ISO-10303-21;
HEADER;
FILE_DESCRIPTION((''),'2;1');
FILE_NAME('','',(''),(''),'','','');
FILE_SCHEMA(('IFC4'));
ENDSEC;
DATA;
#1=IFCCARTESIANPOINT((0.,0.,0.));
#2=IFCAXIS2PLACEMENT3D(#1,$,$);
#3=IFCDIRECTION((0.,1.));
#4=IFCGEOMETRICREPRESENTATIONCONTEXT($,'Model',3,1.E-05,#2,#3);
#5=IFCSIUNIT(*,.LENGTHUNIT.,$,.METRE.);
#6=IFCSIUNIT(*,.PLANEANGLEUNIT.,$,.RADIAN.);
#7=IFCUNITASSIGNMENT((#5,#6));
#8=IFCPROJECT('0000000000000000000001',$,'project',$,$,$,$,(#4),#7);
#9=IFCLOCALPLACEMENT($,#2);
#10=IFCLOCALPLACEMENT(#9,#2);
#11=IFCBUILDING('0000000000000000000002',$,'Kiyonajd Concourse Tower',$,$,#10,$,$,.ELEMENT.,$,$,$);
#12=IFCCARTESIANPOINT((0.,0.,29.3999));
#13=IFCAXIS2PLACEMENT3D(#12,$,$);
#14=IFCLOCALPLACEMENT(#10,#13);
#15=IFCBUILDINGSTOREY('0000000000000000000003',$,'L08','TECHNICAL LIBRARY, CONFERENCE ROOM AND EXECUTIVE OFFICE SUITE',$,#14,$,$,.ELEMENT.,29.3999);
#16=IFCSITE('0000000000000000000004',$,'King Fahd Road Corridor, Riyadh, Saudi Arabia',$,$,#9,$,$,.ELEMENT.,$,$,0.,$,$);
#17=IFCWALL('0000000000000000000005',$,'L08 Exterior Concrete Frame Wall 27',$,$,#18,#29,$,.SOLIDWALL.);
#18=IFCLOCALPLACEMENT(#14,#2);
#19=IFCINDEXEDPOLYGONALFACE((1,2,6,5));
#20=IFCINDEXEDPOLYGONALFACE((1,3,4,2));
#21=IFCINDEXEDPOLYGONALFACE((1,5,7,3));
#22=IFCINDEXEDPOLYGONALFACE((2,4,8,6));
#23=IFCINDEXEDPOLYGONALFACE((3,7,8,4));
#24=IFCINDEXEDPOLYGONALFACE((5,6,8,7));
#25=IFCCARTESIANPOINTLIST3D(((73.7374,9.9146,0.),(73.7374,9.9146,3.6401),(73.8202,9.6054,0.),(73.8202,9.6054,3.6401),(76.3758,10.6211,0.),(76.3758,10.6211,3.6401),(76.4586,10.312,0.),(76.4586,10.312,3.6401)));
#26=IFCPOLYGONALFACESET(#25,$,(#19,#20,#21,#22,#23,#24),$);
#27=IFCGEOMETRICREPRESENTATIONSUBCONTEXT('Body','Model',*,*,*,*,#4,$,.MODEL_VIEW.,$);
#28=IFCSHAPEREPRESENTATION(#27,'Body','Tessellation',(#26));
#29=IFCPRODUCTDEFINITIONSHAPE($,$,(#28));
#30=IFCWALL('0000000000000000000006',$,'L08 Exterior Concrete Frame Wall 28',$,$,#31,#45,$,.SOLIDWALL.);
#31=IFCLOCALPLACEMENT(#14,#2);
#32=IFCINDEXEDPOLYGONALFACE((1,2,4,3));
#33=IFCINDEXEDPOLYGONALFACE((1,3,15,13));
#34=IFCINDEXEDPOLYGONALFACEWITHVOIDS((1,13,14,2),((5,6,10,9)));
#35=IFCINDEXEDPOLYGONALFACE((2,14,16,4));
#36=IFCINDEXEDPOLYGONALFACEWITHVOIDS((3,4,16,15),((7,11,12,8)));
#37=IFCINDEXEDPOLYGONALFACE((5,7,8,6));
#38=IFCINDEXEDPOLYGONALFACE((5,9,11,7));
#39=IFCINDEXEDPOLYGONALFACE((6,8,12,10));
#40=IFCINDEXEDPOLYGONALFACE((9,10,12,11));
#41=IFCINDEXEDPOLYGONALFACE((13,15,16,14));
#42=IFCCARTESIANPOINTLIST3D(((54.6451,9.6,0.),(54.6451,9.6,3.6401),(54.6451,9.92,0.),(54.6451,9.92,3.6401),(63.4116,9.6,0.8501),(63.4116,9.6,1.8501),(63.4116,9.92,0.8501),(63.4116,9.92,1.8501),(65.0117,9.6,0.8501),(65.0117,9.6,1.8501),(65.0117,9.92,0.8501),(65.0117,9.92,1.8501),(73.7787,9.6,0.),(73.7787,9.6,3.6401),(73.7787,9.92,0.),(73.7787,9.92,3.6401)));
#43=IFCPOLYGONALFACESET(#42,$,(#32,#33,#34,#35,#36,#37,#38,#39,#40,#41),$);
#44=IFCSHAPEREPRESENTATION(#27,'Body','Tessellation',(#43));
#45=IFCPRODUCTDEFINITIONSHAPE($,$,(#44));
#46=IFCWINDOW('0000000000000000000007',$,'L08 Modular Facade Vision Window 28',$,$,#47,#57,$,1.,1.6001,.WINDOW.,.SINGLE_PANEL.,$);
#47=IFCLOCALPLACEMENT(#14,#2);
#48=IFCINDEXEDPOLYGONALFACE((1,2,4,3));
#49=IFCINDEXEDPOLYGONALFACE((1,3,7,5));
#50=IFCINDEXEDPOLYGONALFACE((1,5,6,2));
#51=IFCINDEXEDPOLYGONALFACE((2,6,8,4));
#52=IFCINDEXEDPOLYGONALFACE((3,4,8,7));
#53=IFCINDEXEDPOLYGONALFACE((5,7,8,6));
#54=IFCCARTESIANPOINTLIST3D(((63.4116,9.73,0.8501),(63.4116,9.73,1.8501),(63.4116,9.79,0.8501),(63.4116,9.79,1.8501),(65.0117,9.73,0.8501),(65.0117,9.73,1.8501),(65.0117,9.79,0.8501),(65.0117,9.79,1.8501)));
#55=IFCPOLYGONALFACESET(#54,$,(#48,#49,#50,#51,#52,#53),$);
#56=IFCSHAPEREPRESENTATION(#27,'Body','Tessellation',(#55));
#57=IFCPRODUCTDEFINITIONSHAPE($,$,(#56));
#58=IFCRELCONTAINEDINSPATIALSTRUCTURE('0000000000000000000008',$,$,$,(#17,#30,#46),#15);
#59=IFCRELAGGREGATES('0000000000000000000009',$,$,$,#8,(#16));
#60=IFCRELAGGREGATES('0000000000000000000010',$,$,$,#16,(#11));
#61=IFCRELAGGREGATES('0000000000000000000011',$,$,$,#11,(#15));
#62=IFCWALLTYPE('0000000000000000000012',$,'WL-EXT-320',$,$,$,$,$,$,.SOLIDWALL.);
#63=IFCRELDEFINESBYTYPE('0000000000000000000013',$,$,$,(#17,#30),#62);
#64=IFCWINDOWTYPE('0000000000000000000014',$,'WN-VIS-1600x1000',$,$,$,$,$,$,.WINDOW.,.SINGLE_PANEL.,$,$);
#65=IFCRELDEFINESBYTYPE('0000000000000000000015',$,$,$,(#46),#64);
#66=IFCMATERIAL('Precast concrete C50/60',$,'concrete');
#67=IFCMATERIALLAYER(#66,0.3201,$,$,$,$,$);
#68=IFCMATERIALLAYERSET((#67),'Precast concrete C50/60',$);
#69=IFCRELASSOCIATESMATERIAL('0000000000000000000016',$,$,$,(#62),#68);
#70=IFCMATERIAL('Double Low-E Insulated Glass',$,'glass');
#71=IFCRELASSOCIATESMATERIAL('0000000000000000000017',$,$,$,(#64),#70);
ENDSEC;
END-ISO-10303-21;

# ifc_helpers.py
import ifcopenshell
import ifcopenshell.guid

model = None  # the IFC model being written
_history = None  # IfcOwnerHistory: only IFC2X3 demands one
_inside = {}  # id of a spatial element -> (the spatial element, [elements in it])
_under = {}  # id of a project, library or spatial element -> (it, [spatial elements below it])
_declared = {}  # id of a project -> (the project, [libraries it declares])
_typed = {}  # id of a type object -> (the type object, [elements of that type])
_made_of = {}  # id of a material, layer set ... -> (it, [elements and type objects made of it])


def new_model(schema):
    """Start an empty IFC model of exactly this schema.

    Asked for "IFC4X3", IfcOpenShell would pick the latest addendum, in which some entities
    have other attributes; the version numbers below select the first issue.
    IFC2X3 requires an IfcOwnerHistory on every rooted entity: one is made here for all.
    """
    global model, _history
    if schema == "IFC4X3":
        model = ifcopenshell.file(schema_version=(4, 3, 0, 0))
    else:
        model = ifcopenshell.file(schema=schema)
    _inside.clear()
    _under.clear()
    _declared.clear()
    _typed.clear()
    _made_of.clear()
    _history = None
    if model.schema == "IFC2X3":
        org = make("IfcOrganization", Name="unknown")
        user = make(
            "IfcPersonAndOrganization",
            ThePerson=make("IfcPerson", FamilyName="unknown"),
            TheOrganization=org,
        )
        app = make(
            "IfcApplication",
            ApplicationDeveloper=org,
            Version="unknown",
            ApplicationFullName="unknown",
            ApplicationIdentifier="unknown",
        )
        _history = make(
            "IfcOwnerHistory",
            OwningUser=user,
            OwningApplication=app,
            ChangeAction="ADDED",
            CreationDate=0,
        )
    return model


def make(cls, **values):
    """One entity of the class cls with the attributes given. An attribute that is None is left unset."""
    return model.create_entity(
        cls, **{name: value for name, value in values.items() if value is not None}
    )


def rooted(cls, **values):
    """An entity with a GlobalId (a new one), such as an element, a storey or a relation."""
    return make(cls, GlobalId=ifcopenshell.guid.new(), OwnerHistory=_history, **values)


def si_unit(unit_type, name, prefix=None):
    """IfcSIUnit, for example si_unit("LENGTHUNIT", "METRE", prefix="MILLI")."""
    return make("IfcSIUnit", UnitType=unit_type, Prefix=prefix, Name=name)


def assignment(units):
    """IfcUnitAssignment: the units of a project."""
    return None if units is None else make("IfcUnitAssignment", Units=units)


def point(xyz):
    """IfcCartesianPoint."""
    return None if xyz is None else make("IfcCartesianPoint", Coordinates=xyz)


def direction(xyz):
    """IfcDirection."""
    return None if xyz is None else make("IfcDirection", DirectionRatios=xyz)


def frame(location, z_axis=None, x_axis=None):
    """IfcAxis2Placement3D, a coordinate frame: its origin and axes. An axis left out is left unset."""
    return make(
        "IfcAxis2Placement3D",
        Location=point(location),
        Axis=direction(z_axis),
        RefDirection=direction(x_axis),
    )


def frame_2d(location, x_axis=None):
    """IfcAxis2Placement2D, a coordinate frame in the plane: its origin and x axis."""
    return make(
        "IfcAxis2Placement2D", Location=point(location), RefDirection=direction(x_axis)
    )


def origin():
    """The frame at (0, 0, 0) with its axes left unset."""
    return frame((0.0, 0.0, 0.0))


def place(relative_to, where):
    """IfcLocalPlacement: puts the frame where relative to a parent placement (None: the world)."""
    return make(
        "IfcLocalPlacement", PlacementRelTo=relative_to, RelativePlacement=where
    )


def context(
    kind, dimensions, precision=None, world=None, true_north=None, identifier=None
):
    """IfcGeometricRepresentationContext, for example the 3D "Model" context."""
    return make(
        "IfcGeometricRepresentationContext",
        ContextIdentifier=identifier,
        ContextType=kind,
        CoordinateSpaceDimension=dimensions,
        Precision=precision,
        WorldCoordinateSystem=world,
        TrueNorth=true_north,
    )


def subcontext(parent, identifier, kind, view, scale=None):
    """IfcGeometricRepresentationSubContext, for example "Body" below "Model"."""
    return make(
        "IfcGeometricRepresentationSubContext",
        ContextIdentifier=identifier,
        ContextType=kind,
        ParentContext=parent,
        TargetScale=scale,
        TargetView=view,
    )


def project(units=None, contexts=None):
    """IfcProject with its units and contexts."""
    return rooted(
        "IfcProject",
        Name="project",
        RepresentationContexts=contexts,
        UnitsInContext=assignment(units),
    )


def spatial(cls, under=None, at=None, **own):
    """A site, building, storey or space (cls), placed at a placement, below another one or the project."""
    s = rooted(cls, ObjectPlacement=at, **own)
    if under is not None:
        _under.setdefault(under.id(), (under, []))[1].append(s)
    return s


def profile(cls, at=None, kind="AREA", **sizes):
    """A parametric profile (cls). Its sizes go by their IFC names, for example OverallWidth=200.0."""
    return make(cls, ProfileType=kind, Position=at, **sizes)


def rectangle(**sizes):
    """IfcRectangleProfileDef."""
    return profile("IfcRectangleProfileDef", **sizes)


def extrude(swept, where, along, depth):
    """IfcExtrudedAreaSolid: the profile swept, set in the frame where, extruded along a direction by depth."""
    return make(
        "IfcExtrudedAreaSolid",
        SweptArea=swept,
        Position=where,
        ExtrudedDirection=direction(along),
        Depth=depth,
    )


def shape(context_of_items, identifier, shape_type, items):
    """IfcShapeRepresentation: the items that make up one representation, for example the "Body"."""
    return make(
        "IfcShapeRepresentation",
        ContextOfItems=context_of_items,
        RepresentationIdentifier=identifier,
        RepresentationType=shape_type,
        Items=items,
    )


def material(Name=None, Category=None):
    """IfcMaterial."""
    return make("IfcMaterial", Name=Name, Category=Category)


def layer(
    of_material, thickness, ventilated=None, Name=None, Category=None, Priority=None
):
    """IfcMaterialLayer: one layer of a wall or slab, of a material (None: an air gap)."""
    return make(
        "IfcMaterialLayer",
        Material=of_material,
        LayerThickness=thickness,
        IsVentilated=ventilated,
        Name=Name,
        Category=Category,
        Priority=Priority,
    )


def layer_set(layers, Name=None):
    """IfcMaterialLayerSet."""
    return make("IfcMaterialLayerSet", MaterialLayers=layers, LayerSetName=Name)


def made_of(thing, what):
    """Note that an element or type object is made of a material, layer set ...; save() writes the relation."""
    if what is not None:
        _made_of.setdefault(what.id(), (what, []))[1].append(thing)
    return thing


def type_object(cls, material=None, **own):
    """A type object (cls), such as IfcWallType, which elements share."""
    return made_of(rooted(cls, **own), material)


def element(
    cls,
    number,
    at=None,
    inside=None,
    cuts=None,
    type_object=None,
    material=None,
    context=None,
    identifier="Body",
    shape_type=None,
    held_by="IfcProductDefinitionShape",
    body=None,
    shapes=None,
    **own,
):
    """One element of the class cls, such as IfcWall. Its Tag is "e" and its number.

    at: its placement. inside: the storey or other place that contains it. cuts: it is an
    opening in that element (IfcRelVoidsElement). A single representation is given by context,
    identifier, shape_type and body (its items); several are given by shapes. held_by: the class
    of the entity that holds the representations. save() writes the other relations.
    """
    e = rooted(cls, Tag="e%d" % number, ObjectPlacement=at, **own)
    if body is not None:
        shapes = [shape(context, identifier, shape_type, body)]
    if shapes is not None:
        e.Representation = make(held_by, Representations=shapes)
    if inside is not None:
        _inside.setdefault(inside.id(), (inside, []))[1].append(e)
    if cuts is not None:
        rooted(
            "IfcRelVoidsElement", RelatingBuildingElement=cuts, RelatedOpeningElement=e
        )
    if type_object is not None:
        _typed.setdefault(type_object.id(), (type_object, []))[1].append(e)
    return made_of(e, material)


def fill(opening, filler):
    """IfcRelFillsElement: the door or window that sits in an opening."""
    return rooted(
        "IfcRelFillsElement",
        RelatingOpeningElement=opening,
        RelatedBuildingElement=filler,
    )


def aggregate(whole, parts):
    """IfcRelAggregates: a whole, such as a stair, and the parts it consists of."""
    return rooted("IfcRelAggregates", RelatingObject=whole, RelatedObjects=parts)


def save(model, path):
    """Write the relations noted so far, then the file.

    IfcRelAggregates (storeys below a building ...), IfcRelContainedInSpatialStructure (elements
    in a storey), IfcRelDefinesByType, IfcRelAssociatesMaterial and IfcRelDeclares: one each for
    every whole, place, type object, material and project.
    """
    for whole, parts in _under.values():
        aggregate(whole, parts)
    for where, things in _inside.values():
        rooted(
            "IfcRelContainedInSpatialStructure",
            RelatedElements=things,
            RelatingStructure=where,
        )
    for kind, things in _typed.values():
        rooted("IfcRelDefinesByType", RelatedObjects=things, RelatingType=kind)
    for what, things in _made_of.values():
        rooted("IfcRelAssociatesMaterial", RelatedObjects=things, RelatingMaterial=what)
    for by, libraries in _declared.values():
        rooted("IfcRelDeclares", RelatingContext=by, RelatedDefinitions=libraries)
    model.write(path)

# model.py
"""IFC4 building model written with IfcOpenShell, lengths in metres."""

from ifc_helpers import new_model, si_unit, direction, frame, frame_2d, origin, place, context, subcontext, project, spatial, rectangle, extrude, material, layer, layer_set, type_object, element, fill, save


model = new_model("IFC4")

# Units and contexts
model_context = context("Model", 3, precision=1e-05, world=origin(), true_north=direction((0.0, 1.0)))
body_context = subcontext(model_context, "Body", "Model", "MODEL_VIEW")
ifc_project = project(units=[si_unit("LENGTHUNIT", "METRE"), si_unit("PLANEANGLEUNIT", "RADIAN")], contexts=[model_context])

# Site, building, storey
site_placement = place(None, origin())
site = spatial("IfcSite", under=ifc_project, at=site_placement, Name="King Fahd Road Corridor, Riyadh, Saudi Arabia", CompositionType="ELEMENT", RefElevation=0.0)
building_placement = place(site_placement, origin())
building = spatial("IfcBuilding", under=site, at=building_placement, Name="Kiyonajd Concourse Tower", CompositionType="ELEMENT")
storey_placement = place(building_placement, frame((0.0, 0.0, 29.3999)))
storey = spatial("IfcBuildingStorey", under=building, at=storey_placement, Name="L08", Description="TECHNICAL LIBRARY, CONFERENCE ROOM AND EXECUTIVE OFFICE SUITE", CompositionType="ELEMENT", Elevation=29.3999)

# Shared definitions
ifc_material_1 = material(Name="Precast concrete C50/60", Category="concrete")

# Shared definitions
ifc_material_2 = material(Name="Double Low-E Insulated Glass", Category="glass")

# Wall
ifc_layer_1 = layer(ifc_material_1, 0.3201)
ifc_layer_set_1 = layer_set([ifc_layer_1], Name="Precast concrete C50/60")
wall_type = type_object("IfcWallType", Name="WL-EXT-320", PredefinedType="SOLIDWALL", material=ifc_layer_set_1)
wall_1_placement = place(storey_placement, frame((76.4172, 10.4666, 0.0), z_axis=(0.0, 0.0, 1.0), x_axis=(-0.965964, -0.258675, 0.0)))
element("IfcWall", 1, at=wall_1_placement, inside=storey, type_object=wall_type, Name="L08 Exterior Concrete Frame Wall 27", PredefinedType="SOLIDWALL", context=body_context, shape_type="SweptSolid", body=[
    extrude(rectangle(XDim=2.7314, YDim=0.3201, at=frame_2d((1.3657, 0.0))), origin(), (0.0, 0.0, 1.0), 3.6401),
])

# Wall, opening, window
wall_2_placement = place(storey_placement, frame((73.7788, 9.76, 0.0), z_axis=(0.0, 0.0, 1.0), x_axis=(-1.0, 0.0, 0.0)))
wall_2 = element("IfcWall", 2, at=wall_2_placement, inside=storey, type_object=wall_type, Name="L08 Exterior Concrete Frame Wall 28", PredefinedType="SOLIDWALL", context=body_context, shape_type="SweptSolid", body=[
    extrude(rectangle(XDim=19.1335, YDim=0.3201, at=frame_2d((9.5669, 0.0))), origin(), (0.0, 0.0, 1.0), 3.6401),
])
opening_placement = place(wall_2_placement, frame((8.7671, 0.0, 0.8501)))
opening = element("IfcOpeningElement", 3, at=opening_placement, cuts=wall_2, PredefinedType="OPENING", context=body_context, shape_type="SweptSolid", body=[
    extrude(rectangle(XDim=1.6001, YDim=1.0, at=frame_2d((0.8, 0.5))), frame((0.0, 0.1699, 0.0), z_axis=(0.0, -1.0, 0.0), x_axis=(1.0, 0.0, 0.0)), (0.0, 0.0, 1.0), 0.3401),
])
window_type = type_object("IfcWindowType", Name="WN-VIS-1600x1000", PartitioningType="SINGLE_PANEL", PredefinedType="WINDOW", material=ifc_material_2)
window_placement = place(opening_placement, origin())
window = element("IfcWindow", 4, at=window_placement, inside=storey, type_object=window_type, Name="L08 Modular Facade Vision Window 28", OverallHeight=1.0, OverallWidth=1.6001, PartitioningType="SINGLE_PANEL", PredefinedType="WINDOW", context=body_context, shape_type="SweptSolid", body=[
    extrude(rectangle(XDim=1.6001, YDim=1.0, at=frame_2d((0.8, 0.5))), frame((0.0, 0.03, 0.0), z_axis=(0.0, -1.0, 0.0), x_axis=(1.0, 0.0, 0.0)), (0.0, 0.0, 1.0), 0.0601),
])
fill(opening, window)

save(model, "model.ifc")
